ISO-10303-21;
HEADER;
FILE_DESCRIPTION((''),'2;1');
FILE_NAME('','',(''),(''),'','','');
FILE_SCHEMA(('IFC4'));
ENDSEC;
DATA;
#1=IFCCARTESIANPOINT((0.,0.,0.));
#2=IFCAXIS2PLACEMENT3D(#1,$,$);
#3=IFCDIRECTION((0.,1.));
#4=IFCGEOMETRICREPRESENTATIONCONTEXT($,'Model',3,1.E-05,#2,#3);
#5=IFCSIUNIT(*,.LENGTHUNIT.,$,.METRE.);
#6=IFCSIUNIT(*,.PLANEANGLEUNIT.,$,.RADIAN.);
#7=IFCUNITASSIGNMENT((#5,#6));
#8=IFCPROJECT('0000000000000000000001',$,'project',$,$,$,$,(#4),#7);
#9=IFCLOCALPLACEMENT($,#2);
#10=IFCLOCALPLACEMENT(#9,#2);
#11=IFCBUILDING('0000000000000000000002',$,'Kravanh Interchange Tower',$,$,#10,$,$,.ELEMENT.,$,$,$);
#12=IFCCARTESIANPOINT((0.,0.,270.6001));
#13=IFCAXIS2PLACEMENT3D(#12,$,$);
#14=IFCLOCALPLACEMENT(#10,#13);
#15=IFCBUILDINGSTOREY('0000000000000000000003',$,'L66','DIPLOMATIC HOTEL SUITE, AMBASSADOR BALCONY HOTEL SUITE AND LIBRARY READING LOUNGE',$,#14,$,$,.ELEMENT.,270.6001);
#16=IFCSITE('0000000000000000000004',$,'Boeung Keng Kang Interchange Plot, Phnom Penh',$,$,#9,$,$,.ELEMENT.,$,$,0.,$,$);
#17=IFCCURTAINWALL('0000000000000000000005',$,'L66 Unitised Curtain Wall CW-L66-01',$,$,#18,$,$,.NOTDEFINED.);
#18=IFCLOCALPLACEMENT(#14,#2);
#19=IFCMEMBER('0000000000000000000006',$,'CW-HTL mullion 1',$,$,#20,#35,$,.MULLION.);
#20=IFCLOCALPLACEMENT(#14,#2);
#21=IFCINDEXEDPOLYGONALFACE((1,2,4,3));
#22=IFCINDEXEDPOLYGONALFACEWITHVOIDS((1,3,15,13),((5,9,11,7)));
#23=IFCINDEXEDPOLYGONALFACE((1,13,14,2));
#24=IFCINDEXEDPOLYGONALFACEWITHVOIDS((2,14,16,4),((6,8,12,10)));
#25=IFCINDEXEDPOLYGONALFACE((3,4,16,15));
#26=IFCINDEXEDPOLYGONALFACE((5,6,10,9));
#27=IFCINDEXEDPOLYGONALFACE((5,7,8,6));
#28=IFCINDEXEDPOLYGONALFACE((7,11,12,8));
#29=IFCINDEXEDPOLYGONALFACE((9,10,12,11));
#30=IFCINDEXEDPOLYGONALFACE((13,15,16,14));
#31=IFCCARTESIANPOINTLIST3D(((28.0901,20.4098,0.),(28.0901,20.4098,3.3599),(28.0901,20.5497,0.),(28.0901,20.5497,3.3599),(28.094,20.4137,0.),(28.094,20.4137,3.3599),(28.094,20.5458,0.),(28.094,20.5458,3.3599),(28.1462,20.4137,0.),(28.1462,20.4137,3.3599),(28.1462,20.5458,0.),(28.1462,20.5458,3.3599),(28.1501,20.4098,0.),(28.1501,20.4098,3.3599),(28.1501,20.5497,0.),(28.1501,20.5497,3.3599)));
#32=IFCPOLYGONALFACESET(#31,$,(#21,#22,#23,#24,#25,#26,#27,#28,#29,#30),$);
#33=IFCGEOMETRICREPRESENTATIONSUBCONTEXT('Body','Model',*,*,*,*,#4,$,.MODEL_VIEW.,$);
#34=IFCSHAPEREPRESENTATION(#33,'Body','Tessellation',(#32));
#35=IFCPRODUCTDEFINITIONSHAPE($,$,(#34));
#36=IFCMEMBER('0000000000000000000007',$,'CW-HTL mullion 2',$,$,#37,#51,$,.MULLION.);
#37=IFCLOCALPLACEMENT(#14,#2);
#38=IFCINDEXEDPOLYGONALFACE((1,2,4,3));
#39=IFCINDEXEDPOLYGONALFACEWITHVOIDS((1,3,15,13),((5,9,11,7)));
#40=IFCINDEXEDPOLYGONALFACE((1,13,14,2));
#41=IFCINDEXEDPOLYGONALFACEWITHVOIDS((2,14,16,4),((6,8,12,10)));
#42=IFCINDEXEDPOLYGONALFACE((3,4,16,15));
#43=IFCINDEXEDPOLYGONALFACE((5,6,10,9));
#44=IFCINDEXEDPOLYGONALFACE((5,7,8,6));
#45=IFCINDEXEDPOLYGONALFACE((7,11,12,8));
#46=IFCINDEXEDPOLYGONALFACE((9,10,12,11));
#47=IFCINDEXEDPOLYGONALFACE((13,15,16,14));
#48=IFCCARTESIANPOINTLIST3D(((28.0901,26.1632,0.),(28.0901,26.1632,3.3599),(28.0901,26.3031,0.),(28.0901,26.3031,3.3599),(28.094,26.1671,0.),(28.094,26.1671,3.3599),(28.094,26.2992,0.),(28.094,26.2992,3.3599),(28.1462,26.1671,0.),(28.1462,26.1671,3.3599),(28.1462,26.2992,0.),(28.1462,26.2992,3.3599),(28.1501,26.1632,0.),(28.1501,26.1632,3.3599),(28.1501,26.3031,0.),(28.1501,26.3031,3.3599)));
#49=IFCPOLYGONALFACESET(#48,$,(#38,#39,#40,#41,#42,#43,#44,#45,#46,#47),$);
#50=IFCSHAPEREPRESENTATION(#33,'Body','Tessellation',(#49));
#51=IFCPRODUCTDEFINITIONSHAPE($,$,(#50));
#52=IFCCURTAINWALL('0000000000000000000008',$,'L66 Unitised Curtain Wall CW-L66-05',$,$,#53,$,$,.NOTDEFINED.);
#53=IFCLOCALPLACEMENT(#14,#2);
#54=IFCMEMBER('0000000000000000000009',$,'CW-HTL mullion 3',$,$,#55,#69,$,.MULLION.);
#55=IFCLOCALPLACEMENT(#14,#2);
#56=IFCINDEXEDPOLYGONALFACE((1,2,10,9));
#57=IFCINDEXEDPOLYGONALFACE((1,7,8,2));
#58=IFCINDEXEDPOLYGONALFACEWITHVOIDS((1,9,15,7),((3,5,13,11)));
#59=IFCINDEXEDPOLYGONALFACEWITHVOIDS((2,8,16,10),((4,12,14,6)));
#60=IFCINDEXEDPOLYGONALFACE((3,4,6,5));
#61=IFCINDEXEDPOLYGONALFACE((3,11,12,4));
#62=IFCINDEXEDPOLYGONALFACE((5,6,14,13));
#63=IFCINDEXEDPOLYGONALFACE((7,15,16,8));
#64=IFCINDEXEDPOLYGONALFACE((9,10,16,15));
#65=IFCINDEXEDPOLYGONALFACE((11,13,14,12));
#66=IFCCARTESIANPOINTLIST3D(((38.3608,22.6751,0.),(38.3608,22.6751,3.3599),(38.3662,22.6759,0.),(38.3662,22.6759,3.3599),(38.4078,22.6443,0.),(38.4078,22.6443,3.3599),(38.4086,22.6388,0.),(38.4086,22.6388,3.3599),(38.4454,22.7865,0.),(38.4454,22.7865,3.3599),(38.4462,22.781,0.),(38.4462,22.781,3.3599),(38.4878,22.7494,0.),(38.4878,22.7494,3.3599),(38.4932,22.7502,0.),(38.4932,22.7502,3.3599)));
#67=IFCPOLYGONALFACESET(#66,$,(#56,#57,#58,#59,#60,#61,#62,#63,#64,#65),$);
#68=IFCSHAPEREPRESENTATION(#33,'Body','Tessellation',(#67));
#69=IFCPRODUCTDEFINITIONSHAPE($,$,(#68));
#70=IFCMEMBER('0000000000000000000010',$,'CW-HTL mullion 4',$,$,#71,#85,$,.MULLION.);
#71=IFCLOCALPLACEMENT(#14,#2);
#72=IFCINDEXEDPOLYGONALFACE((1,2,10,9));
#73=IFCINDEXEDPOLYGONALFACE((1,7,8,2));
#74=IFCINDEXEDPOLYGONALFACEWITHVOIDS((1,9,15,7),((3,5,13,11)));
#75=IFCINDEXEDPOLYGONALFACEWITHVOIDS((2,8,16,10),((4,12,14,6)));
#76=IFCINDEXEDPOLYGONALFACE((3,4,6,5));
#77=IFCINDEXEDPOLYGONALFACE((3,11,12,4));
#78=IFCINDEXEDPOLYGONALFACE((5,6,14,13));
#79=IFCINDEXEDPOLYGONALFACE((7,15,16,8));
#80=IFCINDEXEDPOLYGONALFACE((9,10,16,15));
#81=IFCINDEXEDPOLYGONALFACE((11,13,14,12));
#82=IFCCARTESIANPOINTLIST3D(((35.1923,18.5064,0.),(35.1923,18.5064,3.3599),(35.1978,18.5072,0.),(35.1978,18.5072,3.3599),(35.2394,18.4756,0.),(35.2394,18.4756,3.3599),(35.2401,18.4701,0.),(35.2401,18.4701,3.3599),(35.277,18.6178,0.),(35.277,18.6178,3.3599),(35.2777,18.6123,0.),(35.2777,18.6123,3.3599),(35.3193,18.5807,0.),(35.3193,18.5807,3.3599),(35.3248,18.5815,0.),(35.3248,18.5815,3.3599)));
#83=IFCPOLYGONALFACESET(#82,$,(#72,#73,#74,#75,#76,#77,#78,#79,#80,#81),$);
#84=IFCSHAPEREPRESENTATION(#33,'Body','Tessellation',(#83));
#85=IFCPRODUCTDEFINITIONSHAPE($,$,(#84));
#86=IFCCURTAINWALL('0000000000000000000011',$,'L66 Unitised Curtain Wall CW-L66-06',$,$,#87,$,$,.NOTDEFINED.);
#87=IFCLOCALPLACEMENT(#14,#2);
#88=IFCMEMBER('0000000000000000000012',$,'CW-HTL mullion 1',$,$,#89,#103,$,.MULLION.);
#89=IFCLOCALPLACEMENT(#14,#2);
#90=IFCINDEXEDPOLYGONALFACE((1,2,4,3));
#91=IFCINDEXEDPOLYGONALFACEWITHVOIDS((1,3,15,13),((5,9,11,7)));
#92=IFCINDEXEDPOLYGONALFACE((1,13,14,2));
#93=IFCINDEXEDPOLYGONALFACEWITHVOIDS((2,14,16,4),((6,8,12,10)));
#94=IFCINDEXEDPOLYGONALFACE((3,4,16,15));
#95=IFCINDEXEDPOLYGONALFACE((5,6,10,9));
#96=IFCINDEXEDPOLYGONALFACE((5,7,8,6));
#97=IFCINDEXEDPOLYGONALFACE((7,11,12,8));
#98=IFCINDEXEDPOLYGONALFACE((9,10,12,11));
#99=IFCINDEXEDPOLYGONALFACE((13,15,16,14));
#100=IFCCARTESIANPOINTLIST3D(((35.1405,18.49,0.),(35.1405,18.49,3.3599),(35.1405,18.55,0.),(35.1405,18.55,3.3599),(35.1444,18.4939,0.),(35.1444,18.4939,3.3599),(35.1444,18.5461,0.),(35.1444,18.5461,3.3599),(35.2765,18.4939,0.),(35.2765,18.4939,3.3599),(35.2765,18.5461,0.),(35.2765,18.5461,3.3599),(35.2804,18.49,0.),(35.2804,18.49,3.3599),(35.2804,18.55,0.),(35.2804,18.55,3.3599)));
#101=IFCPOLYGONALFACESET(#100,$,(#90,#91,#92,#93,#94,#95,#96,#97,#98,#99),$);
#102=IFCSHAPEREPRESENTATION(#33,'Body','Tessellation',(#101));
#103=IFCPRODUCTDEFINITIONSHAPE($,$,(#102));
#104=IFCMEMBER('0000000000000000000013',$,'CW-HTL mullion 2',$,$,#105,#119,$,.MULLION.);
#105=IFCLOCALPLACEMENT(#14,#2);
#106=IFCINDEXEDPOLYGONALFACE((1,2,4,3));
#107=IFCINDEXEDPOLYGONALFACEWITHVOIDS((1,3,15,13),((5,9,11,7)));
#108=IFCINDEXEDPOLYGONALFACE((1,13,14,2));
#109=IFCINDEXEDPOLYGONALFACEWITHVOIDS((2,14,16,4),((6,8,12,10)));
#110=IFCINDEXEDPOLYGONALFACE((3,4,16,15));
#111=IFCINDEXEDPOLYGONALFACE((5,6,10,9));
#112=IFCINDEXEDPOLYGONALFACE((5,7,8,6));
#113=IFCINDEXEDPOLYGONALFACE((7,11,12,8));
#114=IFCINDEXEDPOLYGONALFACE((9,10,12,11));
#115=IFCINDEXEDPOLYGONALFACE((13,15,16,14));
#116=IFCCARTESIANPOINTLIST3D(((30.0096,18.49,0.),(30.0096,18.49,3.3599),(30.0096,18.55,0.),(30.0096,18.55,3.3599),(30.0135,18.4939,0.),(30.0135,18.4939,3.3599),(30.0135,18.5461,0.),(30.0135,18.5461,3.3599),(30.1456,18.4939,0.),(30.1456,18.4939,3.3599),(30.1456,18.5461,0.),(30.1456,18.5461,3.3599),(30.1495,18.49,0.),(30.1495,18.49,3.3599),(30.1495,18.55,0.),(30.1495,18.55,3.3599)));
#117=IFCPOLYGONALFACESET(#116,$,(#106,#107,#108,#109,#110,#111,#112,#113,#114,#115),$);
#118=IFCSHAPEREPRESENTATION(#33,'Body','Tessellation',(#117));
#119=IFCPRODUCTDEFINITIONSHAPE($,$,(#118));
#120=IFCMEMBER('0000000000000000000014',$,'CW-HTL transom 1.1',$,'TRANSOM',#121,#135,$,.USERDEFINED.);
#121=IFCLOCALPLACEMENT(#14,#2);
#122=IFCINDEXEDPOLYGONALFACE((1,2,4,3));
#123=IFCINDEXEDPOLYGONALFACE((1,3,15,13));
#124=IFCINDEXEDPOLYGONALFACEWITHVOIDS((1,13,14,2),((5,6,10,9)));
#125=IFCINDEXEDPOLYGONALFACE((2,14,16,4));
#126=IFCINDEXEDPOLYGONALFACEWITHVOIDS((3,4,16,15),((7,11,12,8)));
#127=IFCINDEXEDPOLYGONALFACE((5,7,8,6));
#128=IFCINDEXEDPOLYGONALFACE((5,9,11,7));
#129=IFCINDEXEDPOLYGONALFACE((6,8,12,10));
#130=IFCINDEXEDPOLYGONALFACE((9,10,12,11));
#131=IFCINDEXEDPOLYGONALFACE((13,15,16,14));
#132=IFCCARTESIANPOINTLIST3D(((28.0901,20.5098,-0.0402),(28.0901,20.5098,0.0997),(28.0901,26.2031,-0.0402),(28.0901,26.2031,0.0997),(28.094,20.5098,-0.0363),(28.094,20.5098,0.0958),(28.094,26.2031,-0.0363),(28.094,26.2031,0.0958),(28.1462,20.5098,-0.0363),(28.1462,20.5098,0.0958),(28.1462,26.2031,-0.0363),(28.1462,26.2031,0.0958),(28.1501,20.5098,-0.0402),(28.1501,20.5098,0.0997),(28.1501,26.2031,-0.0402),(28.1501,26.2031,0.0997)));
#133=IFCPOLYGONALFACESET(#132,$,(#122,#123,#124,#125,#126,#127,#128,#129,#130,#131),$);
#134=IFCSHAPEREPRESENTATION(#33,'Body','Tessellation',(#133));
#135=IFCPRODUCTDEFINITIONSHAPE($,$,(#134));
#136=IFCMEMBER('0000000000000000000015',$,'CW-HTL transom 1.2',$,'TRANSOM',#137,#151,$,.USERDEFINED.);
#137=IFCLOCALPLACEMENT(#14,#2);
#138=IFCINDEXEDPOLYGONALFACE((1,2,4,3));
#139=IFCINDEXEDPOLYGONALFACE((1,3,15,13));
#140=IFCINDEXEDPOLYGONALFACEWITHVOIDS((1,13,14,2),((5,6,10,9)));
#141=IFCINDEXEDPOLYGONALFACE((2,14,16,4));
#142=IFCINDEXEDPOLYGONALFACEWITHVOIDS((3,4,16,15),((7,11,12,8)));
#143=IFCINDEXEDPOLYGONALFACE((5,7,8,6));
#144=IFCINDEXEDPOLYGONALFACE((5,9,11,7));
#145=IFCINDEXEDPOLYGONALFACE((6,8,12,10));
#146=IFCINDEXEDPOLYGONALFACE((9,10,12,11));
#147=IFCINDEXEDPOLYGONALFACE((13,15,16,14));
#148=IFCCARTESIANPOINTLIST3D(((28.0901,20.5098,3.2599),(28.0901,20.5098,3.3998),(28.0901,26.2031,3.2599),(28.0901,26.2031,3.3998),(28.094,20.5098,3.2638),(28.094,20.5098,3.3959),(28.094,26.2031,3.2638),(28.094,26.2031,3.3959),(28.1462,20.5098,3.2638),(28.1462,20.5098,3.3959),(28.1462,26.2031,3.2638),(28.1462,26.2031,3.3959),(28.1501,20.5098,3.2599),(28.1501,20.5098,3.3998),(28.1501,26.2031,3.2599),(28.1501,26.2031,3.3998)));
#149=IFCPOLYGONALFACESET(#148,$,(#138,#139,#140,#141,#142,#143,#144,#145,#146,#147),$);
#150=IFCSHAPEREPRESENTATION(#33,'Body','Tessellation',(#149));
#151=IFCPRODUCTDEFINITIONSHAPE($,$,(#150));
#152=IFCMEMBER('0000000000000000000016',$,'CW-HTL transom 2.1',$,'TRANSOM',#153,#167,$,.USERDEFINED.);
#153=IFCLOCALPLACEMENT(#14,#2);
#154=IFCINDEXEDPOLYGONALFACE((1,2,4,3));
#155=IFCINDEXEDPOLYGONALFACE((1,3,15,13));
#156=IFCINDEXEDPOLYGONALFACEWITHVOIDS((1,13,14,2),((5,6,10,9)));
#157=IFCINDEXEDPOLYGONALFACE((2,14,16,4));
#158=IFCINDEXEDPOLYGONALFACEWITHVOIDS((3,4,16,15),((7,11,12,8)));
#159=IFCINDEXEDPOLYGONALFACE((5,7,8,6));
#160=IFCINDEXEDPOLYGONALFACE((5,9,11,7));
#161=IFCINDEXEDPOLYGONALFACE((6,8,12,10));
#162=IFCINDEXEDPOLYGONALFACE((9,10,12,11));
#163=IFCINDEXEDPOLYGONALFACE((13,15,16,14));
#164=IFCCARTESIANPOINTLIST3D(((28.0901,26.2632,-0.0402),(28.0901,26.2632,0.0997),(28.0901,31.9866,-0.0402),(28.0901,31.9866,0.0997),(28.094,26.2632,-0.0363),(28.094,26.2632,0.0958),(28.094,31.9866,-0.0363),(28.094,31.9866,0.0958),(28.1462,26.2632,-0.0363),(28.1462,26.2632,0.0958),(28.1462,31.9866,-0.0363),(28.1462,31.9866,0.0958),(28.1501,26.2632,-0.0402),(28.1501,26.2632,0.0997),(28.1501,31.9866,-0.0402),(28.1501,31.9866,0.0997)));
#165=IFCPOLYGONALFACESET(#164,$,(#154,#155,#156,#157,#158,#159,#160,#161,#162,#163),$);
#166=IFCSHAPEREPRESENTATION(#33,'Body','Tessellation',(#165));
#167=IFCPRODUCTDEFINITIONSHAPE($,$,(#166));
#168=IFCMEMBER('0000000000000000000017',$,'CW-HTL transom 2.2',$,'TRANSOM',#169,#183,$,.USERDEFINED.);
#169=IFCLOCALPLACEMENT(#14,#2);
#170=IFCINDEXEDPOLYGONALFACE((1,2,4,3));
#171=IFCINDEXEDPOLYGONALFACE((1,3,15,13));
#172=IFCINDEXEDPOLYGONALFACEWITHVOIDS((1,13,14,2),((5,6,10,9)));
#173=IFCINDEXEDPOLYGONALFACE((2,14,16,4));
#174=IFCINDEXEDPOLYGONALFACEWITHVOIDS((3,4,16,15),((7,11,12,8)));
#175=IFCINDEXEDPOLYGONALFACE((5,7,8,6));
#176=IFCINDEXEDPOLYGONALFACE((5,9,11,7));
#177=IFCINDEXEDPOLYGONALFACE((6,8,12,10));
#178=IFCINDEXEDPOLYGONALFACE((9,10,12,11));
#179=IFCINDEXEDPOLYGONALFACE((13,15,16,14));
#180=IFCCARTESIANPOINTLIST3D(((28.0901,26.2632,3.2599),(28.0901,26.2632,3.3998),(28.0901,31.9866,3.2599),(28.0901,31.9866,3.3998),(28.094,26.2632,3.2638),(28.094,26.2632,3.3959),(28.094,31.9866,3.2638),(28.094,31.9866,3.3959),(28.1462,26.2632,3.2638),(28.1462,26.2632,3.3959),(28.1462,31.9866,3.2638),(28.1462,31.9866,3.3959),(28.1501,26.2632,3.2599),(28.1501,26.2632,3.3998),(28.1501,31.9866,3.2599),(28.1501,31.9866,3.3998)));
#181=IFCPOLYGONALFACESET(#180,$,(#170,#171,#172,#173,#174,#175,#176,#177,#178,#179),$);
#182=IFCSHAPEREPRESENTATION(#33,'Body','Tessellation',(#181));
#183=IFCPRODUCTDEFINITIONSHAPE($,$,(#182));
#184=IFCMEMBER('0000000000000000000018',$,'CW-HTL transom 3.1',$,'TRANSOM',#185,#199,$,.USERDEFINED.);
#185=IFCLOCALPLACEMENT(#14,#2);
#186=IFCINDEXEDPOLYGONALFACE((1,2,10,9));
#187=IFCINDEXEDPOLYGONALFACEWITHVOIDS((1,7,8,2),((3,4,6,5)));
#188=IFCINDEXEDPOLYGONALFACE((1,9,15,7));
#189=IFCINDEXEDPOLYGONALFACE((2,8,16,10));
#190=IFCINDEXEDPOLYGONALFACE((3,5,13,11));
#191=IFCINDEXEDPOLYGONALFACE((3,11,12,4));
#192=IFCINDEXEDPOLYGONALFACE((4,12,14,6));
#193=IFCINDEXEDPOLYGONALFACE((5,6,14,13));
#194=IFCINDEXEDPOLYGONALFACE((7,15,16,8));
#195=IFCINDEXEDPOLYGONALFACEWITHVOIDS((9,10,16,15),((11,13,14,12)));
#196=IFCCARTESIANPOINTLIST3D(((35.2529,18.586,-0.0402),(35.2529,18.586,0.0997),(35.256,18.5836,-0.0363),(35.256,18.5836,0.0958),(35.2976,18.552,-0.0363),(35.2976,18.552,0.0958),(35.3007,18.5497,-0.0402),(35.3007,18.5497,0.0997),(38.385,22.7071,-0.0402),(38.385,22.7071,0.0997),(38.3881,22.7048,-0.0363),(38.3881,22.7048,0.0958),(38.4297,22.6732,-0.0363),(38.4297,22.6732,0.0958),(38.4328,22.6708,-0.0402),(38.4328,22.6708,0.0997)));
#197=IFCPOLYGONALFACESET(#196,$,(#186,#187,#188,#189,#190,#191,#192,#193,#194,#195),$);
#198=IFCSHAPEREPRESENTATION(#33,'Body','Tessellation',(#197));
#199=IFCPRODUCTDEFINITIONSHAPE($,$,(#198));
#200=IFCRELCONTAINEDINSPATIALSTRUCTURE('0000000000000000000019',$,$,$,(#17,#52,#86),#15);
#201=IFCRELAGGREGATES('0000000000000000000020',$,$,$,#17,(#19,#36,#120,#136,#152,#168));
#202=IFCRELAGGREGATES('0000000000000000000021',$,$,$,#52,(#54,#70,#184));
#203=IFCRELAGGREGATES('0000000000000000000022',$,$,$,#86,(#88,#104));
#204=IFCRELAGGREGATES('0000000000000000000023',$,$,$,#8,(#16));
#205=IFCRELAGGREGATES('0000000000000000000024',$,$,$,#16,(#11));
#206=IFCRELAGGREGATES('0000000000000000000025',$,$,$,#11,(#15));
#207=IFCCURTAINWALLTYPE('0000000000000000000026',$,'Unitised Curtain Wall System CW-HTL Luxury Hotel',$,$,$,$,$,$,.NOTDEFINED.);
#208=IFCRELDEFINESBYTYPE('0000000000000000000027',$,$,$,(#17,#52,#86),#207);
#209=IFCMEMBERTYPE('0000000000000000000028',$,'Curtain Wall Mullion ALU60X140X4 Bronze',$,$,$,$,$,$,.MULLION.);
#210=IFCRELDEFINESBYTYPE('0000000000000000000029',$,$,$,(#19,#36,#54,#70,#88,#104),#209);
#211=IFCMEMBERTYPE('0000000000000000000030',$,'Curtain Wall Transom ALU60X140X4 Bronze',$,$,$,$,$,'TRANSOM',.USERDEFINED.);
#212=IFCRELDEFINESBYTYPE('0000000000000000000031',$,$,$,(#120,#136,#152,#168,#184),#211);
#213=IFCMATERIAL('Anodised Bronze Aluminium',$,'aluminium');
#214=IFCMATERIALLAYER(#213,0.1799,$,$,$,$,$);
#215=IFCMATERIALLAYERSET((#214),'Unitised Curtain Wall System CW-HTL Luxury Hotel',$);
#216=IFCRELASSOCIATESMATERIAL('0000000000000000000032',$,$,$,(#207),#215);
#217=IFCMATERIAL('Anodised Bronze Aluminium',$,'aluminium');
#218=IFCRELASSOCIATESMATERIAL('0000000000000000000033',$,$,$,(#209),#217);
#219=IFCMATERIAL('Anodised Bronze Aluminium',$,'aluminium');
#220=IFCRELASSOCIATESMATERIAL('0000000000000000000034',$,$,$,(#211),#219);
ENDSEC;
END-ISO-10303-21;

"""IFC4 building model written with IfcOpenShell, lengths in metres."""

from ifc_helpers import new_model, si_unit, direction, frame, origin, origin_2d, place, context, subcontext, project, spatial, hollow_rectangle, extrude, material, layer, layer_set, material_profile, profile_set, type_object, element, aggregate, save


model = new_model("IFC4")

# Units and contexts
model_context = context("Model", 3, precision=1e-05, world=origin(), true_north=direction((0.0, 1.0)))
body_context = subcontext(model_context, "Body", "Model", "MODEL_VIEW")
ifc_project = project(units=[si_unit("LENGTHUNIT", "METRE"), si_unit("PLANEANGLEUNIT", "RADIAN")], contexts=[model_context])

# Site, building, storey
site_placement = place(None, origin())
site = spatial("IfcSite", under=ifc_project, at=site_placement, Name="Boeung Keng Kang Interchange Plot, Phnom Penh", CompositionType="ELEMENT", RefElevation=0.0)
building_placement = place(site_placement, origin())
building = spatial("IfcBuilding", under=site, at=building_placement, Name="Kravanh Interchange Tower", CompositionType="ELEMENT")
storey_placement = place(building_placement, frame((0.0, 0.0, 270.6001)))
storey = spatial("IfcBuildingStorey", under=building, at=storey_placement, Name="L66", Description="DIPLOMATIC HOTEL SUITE, AMBASSADOR BALCONY HOTEL SUITE AND LIBRARY READING LOUNGE", CompositionType="ELEMENT", Elevation=270.6001)

# Curtain walls, members
ifc_material_1 = material(Name="Anodised Bronze Aluminium", Category="aluminium")
ifc_layer_1 = layer(ifc_material_1, 0.1799)
ifc_layer_set_1 = layer_set([ifc_layer_1], Name="Unitised Curtain Wall System CW-HTL Luxury Hotel")
curtain_wall_type = type_object("IfcCurtainWallType", Name="Unitised Curtain Wall System CW-HTL Luxury Hotel", PredefinedType="NOTDEFINED", material=ifc_layer_set_1)
curtain_wall_1_placement = place(storey_placement, origin())
curtain_wall_1 = element("IfcCurtainWall", 1, at=curtain_wall_1_placement, inside=storey, type_object=curtain_wall_type, Name="L66 Unitised Curtain Wall CW-L66-01", PredefinedType="NOTDEFINED")
ifc_material_2 = material(Name="Anodised Bronze Aluminium", Category="aluminium")
ifc_material_profile_1 = material_profile(ifc_material_2, hollow_rectangle(XDim=0.0601, YDim=0.1399, WallThickness=0.0039, at=origin_2d()), Name="ALU60X140X4")
ifc_profile_set_1 = profile_set([ifc_material_profile_1], Name="Anodised Bronze Aluminium")
member_type_1 = type_object("IfcMemberType", Name="Curtain Wall Mullion ALU60X140X4 Bronze", PredefinedType="MULLION", material=ifc_profile_set_1)
member_1_placement = place(storey_placement, frame((28.1201, 20.4797, 0.0), z_axis=(0.0, 0.0, 1.0), x_axis=(-1.0, 0.0, 0.0)))
member_1 = element("IfcMember", 2, at=member_1_placement, type_object=member_type_1, Name="CW-HTL mullion 1", PredefinedType="MULLION", context=body_context, shape_type="SweptSolid", body=[
    extrude(hollow_rectangle(XDim=0.0601, YDim=0.1399, WallThickness=0.0039, at=origin_2d()), origin(), (0.0, 0.0, 1.0), 3.3599),
])
member_2_placement = place(storey_placement, frame((28.1201, 26.2332, 0.0), z_axis=(0.0, 0.0, 1.0), x_axis=(-1.0, 0.0, 0.0)))
member_2 = element("IfcMember", 3, at=member_2_placement, type_object=member_type_1, Name="CW-HTL mullion 2", PredefinedType="MULLION", context=body_context, shape_type="SweptSolid", body=[
    extrude(hollow_rectangle(XDim=0.0601, YDim=0.1399, WallThickness=0.0039, at=origin_2d()), origin(), (0.0, 0.0, 1.0), 3.3599),
])
curtain_wall_2_placement = place(storey_placement, origin())
curtain_wall_2 = element("IfcCurtainWall", 4, at=curtain_wall_2_placement, inside=storey, type_object=curtain_wall_type, Name="L66 Unitised Curtain Wall CW-L66-05", PredefinedType="NOTDEFINED")
member_3_placement = place(storey_placement, frame((38.427, 22.7126, 0.0), z_axis=(0.0, 0.0, 1.0), x_axis=(0.796162, -0.605083, 0.0)))
member_3 = element("IfcMember", 5, at=member_3_placement, type_object=member_type_1, Name="CW-HTL mullion 3", PredefinedType="MULLION", context=body_context, shape_type="SweptSolid", body=[
    extrude(hollow_rectangle(XDim=0.0601, YDim=0.1399, WallThickness=0.0039, at=origin_2d()), origin(), (0.0, 0.0, 1.0), 3.3599),
])
member_4_placement = place(storey_placement, frame((35.2585, 18.5439, 0.0), z_axis=(0.0, 0.0, 1.0), x_axis=(0.796162, -0.605083, 0.0)))
member_4 = element("IfcMember", 6, at=member_4_placement, type_object=member_type_1, Name="CW-HTL mullion 4", PredefinedType="MULLION", context=body_context, shape_type="SweptSolid", body=[
    extrude(hollow_rectangle(XDim=0.0601, YDim=0.1399, WallThickness=0.0039, at=origin_2d()), origin(), (0.0, 0.0, 1.0), 3.3599),
])
curtain_wall_3_placement = place(storey_placement, origin())
curtain_wall_3 = element("IfcCurtainWall", 7, at=curtain_wall_3_placement, inside=storey, type_object=curtain_wall_type, Name="L66 Unitised Curtain Wall CW-L66-06", PredefinedType="NOTDEFINED")
member_5_placement = place(storey_placement, frame((35.2104, 18.52, 0.0), z_axis=(0.0, 0.0, 1.0), x_axis=(0.0, -1.0, 0.0)))
member_5 = element("IfcMember", 8, at=member_5_placement, type_object=member_type_1, Name="CW-HTL mullion 1", PredefinedType="MULLION", context=body_context, shape_type="SweptSolid", body=[
    extrude(hollow_rectangle(XDim=0.0601, YDim=0.1399, WallThickness=0.0039, at=origin_2d()), origin(), (0.0, 0.0, 1.0), 3.3599),
])
member_6_placement = place(storey_placement, frame((30.0796, 18.52, 0.0), z_axis=(0.0, 0.0, 1.0), x_axis=(0.0, -1.0, 0.0)))
member_6 = element("IfcMember", 9, at=member_6_placement, type_object=member_type_1, Name="CW-HTL mullion 2", PredefinedType="MULLION", context=body_context, shape_type="SweptSolid", body=[
    extrude(hollow_rectangle(XDim=0.0601, YDim=0.1399, WallThickness=0.0039, at=origin_2d()), origin(), (0.0, 0.0, 1.0), 3.3599),
])

# Members
ifc_material_3 = material(Name="Anodised Bronze Aluminium", Category="aluminium")
ifc_material_profile_2 = material_profile(ifc_material_3, hollow_rectangle(XDim=0.0601, YDim=0.1399, WallThickness=0.0039, at=origin_2d()), Name="ALU60X140X4")
ifc_profile_set_2 = profile_set([ifc_material_profile_2], Name="Anodised Bronze Aluminium")
member_type_2 = type_object("IfcMemberType", Name="Curtain Wall Transom ALU60X140X4 Bronze", ElementType="TRANSOM", PredefinedType="USERDEFINED", material=ifc_profile_set_2)
member_7_placement = place(storey_placement, frame((28.1201, 20.5098, 0.0298), z_axis=(0.0, 1.0, 0.0), x_axis=(-1.0, 0.0, 0.0)))
member_7 = element("IfcMember", 10, at=member_7_placement, type_object=member_type_2, Name="CW-HTL transom 1.1", ObjectType="TRANSOM", PredefinedType="USERDEFINED", context=body_context, shape_type="SweptSolid", body=[
    extrude(hollow_rectangle(XDim=0.0601, YDim=0.1399, WallThickness=0.0039, at=origin_2d()), origin(), (0.0, 0.0, 1.0), 5.6934),
])
member_8_placement = place(storey_placement, frame((28.1201, 20.5098, 3.3298), z_axis=(0.0, 1.0, 0.0), x_axis=(-1.0, 0.0, 0.0)))
member_8 = element("IfcMember", 11, at=member_8_placement, type_object=member_type_2, Name="CW-HTL transom 1.2", ObjectType="TRANSOM", PredefinedType="USERDEFINED", context=body_context, shape_type="SweptSolid", body=[
    extrude(hollow_rectangle(XDim=0.0601, YDim=0.1399, WallThickness=0.0039, at=origin_2d()), origin(), (0.0, 0.0, 1.0), 5.6934),
])
member_9_placement = place(storey_placement, frame((28.1201, 26.2632, 0.0298), z_axis=(0.0, 1.0, 0.0), x_axis=(-1.0, 0.0, 0.0)))
member_9 = element("IfcMember", 12, at=member_9_placement, type_object=member_type_2, Name="CW-HTL transom 2.1", ObjectType="TRANSOM", PredefinedType="USERDEFINED", context=body_context, shape_type="SweptSolid", body=[
    extrude(hollow_rectangle(XDim=0.0601, YDim=0.1399, WallThickness=0.0039, at=origin_2d()), origin(), (0.0, 0.0, 1.0), 5.7234),
])
member_10_placement = place(storey_placement, frame((28.1201, 26.2632, 3.3298), z_axis=(0.0, 1.0, 0.0), x_axis=(-1.0, 0.0, 0.0)))
member_10 = element("IfcMember", 13, at=member_10_placement, type_object=member_type_2, Name="CW-HTL transom 2.2", ObjectType="TRANSOM", PredefinedType="USERDEFINED", context=body_context, shape_type="SweptSolid", body=[
    extrude(hollow_rectangle(XDim=0.0601, YDim=0.1399, WallThickness=0.0039, at=origin_2d()), origin(), (0.0, 0.0, 1.0), 5.7234),
])
member_11_placement = place(storey_placement, frame((38.4089, 22.689, 0.0298), z_axis=(-0.605089, -0.796158, 0.0), x_axis=(0.796158, -0.605089, 0.0)))
member_11 = element("IfcMember", 14, at=member_11_placement, type_object=member_type_2, Name="CW-HTL transom 3.1", ObjectType="TRANSOM", PredefinedType="USERDEFINED", context=body_context, shape_type="SweptSolid", body=[
    extrude(hollow_rectangle(XDim=0.0601, YDim=0.1399, WallThickness=0.0039, at=origin_2d()), origin(), (0.0, 0.0, 1.0), 5.1763),
])

aggregate(curtain_wall_1, [member_1, member_2, member_7, member_8, member_9, member_10])
aggregate(curtain_wall_2, [member_3, member_4, member_11])
aggregate(curtain_wall_3, [member_5, member_6])

save(model, "model.ifc")
